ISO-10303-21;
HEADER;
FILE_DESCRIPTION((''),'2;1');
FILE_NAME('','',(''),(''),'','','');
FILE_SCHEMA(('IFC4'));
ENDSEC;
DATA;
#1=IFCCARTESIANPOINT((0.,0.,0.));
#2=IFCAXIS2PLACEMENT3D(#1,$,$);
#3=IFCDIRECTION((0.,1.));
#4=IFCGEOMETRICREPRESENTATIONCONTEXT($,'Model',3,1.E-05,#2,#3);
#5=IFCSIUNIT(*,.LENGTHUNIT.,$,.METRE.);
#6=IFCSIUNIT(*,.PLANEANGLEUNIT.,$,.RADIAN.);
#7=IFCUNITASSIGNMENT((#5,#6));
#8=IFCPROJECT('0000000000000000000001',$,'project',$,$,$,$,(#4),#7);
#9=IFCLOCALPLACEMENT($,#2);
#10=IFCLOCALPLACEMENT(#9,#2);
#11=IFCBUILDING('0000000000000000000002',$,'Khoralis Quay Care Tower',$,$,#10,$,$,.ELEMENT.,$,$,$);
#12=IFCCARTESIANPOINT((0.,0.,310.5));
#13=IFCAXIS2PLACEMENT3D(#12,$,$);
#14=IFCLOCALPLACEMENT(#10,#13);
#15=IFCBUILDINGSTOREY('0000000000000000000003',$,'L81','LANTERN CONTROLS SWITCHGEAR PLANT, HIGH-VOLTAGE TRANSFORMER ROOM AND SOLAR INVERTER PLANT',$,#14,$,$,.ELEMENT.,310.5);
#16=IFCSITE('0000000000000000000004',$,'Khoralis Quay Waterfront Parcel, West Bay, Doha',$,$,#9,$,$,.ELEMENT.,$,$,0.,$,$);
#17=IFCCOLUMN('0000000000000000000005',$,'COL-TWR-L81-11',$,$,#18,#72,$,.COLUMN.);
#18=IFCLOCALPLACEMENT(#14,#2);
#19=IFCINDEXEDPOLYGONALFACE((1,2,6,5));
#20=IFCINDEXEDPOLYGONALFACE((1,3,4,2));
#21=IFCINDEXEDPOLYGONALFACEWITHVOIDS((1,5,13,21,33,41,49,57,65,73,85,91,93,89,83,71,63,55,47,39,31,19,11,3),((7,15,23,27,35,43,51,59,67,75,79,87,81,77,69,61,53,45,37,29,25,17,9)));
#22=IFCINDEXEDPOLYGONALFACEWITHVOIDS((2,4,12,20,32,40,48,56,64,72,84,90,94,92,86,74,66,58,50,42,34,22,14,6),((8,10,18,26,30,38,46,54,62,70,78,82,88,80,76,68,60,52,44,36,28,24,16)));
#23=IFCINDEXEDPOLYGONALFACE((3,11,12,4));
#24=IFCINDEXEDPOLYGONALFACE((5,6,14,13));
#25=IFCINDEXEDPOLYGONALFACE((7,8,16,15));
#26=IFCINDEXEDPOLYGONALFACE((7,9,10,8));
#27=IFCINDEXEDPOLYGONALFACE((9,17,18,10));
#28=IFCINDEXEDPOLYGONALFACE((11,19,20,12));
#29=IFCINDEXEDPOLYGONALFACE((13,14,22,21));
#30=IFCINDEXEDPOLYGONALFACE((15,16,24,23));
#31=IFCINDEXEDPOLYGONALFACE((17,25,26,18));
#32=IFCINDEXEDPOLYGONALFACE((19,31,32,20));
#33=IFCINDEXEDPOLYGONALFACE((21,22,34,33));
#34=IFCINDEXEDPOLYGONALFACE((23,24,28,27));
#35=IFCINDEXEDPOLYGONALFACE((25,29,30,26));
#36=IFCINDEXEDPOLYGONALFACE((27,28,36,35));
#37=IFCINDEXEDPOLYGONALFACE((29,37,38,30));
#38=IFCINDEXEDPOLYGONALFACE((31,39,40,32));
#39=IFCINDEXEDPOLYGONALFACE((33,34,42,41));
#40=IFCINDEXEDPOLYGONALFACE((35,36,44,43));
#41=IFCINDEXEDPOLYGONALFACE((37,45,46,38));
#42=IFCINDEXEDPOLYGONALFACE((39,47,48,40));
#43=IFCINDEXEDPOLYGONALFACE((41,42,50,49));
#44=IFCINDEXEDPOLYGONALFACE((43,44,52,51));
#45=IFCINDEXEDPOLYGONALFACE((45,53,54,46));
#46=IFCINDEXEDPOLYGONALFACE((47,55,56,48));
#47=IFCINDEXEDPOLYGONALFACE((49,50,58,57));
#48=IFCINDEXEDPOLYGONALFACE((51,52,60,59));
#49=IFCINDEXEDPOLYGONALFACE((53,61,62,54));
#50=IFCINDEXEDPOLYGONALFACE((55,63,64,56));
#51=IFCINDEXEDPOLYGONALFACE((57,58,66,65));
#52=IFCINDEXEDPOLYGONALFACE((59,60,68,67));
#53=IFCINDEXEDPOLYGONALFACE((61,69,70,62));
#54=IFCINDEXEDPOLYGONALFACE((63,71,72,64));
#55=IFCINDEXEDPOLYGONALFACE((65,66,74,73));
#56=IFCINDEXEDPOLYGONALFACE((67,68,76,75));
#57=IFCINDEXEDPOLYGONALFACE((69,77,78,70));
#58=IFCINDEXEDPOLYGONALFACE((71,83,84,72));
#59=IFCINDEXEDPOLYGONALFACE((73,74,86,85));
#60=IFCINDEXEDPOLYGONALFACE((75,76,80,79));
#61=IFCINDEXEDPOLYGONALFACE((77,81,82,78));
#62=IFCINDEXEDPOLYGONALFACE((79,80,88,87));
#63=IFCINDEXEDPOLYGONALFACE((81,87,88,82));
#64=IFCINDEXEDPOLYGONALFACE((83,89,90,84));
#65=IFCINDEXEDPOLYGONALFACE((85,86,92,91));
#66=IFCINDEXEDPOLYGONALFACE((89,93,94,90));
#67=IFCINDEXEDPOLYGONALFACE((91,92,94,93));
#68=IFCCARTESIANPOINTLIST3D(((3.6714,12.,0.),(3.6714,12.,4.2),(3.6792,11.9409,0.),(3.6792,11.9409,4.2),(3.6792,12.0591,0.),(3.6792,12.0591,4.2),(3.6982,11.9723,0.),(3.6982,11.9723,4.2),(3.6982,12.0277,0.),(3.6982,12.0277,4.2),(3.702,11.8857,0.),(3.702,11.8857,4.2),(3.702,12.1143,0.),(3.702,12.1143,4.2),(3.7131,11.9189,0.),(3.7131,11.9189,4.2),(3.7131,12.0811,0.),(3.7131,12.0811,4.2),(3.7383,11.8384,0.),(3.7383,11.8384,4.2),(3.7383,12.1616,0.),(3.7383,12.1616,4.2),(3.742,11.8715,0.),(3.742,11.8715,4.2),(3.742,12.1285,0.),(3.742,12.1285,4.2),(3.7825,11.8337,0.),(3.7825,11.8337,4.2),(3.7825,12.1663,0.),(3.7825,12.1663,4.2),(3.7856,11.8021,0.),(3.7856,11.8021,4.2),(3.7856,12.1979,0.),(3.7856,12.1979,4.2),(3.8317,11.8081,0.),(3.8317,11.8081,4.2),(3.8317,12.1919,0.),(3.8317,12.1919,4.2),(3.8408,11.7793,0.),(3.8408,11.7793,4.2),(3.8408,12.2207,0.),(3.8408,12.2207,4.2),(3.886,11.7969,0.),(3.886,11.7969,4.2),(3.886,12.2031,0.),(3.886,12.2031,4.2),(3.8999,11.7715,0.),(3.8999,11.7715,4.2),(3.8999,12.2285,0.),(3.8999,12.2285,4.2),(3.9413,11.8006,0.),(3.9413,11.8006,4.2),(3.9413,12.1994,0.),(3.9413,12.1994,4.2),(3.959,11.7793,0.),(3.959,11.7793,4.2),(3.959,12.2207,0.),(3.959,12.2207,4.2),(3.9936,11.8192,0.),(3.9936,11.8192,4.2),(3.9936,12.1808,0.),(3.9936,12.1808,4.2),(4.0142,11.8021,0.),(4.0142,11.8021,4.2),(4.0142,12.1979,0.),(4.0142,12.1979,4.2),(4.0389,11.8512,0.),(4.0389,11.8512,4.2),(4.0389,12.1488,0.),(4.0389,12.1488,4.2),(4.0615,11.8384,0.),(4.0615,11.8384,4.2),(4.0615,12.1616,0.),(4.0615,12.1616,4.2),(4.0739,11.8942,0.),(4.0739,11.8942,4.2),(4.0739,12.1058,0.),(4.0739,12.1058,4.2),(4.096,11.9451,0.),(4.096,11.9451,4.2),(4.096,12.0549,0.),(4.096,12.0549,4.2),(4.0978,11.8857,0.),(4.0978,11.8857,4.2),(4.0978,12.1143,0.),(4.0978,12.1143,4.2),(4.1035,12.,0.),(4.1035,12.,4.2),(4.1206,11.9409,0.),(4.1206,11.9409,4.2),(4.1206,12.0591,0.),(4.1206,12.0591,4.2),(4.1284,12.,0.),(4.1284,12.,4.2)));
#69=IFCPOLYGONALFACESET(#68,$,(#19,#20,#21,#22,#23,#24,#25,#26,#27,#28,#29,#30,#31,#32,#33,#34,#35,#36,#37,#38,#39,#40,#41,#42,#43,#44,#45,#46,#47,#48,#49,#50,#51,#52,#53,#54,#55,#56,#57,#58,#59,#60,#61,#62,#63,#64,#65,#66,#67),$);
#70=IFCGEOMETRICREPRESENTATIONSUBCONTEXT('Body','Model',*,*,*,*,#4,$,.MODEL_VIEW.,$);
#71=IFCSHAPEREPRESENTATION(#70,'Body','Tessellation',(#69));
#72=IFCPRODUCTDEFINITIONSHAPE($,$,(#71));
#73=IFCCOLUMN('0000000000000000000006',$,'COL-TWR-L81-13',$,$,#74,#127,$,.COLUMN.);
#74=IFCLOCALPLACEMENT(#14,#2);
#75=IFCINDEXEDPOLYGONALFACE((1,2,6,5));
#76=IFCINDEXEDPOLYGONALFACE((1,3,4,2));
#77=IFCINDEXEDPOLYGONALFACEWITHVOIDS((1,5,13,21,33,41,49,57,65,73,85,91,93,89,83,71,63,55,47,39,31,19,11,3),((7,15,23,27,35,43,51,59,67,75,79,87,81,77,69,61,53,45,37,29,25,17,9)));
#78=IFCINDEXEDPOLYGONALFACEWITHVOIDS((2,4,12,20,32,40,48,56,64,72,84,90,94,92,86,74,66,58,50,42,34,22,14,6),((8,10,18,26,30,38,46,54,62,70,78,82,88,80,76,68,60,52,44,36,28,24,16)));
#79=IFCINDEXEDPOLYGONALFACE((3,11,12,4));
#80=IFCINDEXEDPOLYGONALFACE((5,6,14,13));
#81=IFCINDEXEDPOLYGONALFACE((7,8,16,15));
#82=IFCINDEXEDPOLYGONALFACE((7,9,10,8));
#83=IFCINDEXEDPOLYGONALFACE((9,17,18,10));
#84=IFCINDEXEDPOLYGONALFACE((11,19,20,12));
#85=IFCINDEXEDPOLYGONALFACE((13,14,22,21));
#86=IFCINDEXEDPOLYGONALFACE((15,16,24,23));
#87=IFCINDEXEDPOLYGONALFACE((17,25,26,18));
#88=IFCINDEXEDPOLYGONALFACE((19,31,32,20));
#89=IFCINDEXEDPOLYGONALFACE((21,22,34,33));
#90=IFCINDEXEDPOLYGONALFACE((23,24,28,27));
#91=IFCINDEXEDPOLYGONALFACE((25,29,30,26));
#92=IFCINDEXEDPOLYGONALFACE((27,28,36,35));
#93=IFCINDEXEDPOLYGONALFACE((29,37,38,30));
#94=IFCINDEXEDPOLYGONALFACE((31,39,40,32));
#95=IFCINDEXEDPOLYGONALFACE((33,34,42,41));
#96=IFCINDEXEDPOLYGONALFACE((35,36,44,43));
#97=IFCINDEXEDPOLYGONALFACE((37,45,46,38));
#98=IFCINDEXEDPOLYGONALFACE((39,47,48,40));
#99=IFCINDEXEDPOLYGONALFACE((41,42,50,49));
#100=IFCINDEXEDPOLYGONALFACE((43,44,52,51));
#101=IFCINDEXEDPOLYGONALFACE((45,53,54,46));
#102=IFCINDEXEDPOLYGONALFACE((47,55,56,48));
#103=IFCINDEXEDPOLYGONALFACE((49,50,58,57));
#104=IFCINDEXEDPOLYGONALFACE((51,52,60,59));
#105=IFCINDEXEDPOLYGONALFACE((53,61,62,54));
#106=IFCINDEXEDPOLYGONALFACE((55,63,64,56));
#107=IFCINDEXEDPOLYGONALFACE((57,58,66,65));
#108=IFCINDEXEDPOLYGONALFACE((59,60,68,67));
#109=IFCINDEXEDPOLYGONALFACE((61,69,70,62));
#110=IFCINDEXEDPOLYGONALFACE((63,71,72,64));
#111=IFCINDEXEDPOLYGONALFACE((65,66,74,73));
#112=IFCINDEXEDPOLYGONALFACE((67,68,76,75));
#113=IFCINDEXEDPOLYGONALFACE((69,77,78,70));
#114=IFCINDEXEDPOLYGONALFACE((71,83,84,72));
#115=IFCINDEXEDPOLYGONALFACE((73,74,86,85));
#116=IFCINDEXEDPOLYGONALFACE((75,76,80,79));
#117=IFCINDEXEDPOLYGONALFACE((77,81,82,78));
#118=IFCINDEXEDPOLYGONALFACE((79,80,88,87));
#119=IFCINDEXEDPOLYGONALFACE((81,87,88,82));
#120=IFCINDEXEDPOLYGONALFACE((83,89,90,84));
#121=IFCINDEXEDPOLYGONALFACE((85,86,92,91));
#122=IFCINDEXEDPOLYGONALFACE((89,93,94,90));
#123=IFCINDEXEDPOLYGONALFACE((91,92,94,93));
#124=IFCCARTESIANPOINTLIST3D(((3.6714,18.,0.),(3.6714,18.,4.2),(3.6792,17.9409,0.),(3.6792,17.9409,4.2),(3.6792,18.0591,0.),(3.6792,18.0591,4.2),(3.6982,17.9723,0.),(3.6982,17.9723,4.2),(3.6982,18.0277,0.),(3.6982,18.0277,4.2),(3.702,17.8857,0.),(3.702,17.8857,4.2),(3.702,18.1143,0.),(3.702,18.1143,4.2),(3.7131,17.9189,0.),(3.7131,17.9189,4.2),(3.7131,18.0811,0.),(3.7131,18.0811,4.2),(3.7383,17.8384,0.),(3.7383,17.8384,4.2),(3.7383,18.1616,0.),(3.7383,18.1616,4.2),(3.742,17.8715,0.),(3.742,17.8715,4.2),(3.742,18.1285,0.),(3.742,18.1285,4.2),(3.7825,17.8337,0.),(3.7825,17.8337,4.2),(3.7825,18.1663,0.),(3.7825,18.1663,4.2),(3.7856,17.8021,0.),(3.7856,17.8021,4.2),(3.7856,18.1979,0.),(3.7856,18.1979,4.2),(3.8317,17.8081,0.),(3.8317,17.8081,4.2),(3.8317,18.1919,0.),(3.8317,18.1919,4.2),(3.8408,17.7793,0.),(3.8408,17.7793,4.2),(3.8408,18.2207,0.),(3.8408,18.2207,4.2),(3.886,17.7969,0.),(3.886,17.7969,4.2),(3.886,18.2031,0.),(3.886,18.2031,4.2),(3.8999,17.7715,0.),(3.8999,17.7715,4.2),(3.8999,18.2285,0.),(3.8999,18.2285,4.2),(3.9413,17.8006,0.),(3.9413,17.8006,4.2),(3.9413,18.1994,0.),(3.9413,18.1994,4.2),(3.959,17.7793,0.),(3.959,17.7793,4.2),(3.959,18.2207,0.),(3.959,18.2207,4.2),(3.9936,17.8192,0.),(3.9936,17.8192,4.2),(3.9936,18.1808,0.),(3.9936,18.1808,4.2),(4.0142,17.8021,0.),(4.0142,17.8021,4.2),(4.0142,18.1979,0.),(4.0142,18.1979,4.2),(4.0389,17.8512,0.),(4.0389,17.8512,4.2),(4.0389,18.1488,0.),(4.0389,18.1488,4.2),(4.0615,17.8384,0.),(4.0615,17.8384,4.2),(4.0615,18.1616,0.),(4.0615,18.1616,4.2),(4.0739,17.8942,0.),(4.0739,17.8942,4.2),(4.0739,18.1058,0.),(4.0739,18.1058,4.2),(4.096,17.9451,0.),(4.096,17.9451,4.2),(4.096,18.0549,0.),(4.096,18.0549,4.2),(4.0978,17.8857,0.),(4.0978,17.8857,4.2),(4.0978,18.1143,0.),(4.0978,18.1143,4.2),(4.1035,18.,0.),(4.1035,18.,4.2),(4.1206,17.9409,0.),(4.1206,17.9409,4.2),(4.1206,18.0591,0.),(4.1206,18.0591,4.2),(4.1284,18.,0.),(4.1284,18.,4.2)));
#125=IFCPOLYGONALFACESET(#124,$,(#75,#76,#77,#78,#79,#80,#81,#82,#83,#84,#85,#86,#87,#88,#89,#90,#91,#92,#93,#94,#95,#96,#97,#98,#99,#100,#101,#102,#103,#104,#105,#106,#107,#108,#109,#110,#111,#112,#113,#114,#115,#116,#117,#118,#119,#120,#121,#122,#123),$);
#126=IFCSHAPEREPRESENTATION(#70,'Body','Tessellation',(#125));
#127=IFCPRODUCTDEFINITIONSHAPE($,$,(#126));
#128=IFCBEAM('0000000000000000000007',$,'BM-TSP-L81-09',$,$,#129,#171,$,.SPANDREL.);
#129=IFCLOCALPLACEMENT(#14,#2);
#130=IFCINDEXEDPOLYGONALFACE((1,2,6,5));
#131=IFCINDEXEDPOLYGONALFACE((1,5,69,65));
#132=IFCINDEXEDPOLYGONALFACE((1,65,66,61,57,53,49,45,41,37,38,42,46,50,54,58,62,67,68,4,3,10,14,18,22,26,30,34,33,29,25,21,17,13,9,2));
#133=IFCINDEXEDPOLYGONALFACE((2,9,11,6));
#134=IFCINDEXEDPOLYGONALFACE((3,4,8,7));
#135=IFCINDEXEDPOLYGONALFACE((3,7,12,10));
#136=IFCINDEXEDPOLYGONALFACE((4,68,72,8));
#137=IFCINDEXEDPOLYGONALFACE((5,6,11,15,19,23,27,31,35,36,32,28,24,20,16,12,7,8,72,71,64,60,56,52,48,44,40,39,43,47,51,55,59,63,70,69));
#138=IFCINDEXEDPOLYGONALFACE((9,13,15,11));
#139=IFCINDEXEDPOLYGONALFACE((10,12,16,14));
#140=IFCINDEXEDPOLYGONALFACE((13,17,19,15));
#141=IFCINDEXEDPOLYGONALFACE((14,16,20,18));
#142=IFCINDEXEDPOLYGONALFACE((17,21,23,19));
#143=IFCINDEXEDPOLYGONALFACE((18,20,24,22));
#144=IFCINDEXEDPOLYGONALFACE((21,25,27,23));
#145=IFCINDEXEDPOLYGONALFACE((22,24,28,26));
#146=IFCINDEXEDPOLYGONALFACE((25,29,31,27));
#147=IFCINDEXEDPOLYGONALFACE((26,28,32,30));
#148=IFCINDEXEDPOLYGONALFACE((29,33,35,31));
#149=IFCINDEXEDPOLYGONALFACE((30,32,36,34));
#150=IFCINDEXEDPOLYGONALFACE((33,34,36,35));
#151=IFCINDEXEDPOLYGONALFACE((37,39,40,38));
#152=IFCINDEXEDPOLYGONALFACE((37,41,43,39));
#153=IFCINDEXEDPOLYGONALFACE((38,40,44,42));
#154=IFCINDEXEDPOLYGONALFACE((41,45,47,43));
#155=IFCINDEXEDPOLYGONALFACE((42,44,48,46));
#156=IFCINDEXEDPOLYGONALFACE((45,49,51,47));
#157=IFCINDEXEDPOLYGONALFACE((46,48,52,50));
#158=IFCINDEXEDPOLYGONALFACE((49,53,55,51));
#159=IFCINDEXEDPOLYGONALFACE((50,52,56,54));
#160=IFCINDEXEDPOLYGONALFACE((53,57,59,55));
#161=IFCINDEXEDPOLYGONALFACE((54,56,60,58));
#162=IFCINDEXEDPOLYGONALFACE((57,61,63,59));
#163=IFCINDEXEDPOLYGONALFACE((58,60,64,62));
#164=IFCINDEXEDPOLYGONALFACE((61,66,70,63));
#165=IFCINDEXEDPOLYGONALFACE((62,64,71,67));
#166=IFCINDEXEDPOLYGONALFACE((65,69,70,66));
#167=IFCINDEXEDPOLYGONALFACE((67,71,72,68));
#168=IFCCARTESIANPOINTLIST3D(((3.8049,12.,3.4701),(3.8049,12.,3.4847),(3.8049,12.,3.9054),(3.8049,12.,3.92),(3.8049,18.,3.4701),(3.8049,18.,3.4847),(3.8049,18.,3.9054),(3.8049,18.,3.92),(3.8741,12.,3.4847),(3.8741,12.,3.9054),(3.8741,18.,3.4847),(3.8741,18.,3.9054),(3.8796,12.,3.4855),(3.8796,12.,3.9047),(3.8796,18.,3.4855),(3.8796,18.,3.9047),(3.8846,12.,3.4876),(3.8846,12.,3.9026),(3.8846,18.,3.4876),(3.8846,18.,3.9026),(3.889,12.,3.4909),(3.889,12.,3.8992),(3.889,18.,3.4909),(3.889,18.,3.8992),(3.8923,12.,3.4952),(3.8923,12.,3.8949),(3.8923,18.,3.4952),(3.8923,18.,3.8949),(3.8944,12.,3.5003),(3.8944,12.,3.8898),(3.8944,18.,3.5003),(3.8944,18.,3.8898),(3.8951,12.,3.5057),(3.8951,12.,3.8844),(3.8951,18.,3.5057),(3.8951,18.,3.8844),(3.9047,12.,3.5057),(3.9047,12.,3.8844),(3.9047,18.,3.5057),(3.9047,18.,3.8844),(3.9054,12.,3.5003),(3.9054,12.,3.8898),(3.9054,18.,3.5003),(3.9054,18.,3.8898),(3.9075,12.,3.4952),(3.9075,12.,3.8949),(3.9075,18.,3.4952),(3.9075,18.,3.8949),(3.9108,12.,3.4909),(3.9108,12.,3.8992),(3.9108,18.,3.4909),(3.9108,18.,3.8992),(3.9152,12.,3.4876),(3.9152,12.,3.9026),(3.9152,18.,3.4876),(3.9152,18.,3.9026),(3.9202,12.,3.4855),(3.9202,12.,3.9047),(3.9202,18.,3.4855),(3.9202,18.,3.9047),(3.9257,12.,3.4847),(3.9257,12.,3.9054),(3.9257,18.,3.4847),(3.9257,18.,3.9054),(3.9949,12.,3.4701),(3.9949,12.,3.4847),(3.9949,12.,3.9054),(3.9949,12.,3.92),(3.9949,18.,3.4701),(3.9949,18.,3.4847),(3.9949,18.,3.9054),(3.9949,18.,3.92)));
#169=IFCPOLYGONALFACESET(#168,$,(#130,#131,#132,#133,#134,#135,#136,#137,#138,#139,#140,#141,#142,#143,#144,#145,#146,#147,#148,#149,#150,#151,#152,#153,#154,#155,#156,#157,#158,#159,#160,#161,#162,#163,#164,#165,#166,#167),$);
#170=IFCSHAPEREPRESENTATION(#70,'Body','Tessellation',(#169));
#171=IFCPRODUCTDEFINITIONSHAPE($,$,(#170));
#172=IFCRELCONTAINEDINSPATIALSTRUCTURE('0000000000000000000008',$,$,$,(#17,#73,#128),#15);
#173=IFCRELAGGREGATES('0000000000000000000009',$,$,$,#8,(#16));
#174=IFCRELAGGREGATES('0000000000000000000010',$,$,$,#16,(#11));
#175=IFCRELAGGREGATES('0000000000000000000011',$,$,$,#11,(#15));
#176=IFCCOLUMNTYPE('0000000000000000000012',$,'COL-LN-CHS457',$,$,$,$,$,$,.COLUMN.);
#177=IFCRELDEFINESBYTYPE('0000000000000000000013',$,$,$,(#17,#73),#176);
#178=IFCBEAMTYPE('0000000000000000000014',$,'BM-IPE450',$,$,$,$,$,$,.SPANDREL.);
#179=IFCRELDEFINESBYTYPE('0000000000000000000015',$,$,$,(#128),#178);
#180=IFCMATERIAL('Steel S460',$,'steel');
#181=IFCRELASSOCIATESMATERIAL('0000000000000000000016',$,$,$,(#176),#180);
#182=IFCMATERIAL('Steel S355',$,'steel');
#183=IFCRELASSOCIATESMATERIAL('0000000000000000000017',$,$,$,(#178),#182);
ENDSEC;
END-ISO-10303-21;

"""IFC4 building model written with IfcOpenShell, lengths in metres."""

from ifc_helpers import new_model, si_unit, direction, frame, origin, origin_2d, place, context, subcontext, project, spatial, hollow_circle, i_section, extrude, source, transform, mapped, material, material_profile, profile_set, type_object, element, save


model = new_model("IFC4")

# Units and contexts
model_context = context("Model", 3, precision=1e-05, world=origin(), true_north=direction((0.0, 1.0)))
body_context = subcontext(model_context, "Body", "Model", "MODEL_VIEW")
ifc_project = project(units=[si_unit("LENGTHUNIT", "METRE"), si_unit("PLANEANGLEUNIT", "RADIAN")], contexts=[model_context])

# Site, building, storey
site_placement = place(None, origin())
site = spatial("IfcSite", under=ifc_project, at=site_placement, Name="Khoralis Quay Waterfront Parcel, West Bay, Doha", CompositionType="ELEMENT", RefElevation=0.0)
building_placement = place(site_placement, origin())
building = spatial("IfcBuilding", under=site, at=building_placement, Name="Khoralis Quay Care Tower", CompositionType="ELEMENT")
storey_placement = place(building_placement, frame((0.0, 0.0, 310.5)))
storey = spatial("IfcBuildingStorey", under=building, at=storey_placement, Name="L81", Description="LANTERN CONTROLS SWITCHGEAR PLANT, HIGH-VOLTAGE TRANSFORMER ROOM AND SOLAR INVERTER PLANT", CompositionType="ELEMENT", Elevation=310.5)

# Columns
ifc_material_1 = material(Name="Steel S460", Category="steel")
ifc_material_profile_1 = material_profile(ifc_material_1, hollow_circle(Radius=0.2285, WallThickness=0.0249, at=origin_2d()), Name="Steel S460")
ifc_profile_set_1 = profile_set([ifc_material_profile_1], Name="Steel S460")
column_type = type_object("IfcColumnType", Name="COL-LN-CHS457", PredefinedType="COLUMN", material=ifc_profile_set_1)
shared_shape_1 = source(origin(), body_context, "Body", "SweptSolid", [
    extrude(hollow_circle(Radius=0.2285, WallThickness=0.0249, at=origin_2d()), origin(), (0.0, 0.0, 1.0), 4.2),
])
for number, where, z_axis, x_axis, name in (
    (1, (3.8999, 12.0, 0.0), (0.0, 0.0, 1.0), (1.0, 0.0, 0.0), "COL-TWR-L81-11"),
    (2, (3.8999, 18.0, 0.0), (0.0, 0.0, 1.0), (1.0, 0.0, 0.0), "COL-TWR-L81-13"),
):
    element("IfcColumn", number, at=place(storey_placement, frame(where, z_axis=z_axis, x_axis=x_axis)), inside=storey, type_object=column_type, Name=name, PredefinedType="COLUMN", context=body_context, shape_type="MappedRepresentation", body=[
        mapped(shared_shape_1, transform((0.0, 0.0, 0.0), scale=1.0)),
    ])

# Beam
ifc_material_2 = material(Name="Steel S355", Category="steel")
ifc_material_profile_2 = material_profile(ifc_material_2, i_section(OverallWidth=0.1899, OverallDepth=0.45, WebThickness=0.0095, FlangeThickness=0.0146, FilletRadius=0.021, at=origin_2d()), Name="Steel S355")
ifc_profile_set_2 = profile_set([ifc_material_profile_2], Name="Steel S355")
beam_type_1 = type_object("IfcBeamType", Name="BM-IPE450", PredefinedType="SPANDREL", material=ifc_profile_set_2)
shared_shape_2 = source(origin(), body_context, "Body", "SweptSolid", [
    extrude(i_section(OverallWidth=0.1899, OverallDepth=0.45, WebThickness=0.0095, FlangeThickness=0.0146, FilletRadius=0.021, at=origin_2d()), origin(), (0.0, 0.0, 1.0), 6.0),
])
for number, where, z_axis, x_axis, name in (
    (3, (3.8999, 12.0, 3.6951), (0.0, 1.0, 0.0), (-1.0, 0.0, 0.0), "BM-TSP-L81-09"),
):
    element("IfcBeam", number, at=place(storey_placement, frame(where, z_axis=z_axis, x_axis=x_axis)), inside=storey, type_object=beam_type_1, Name=name, PredefinedType="SPANDREL", context=body_context, shape_type="MappedRepresentation", body=[
        mapped(shared_shape_2, transform((0.0, 0.0, 0.0), scale=1.0)),
    ])

save(model, "model.ifc")
